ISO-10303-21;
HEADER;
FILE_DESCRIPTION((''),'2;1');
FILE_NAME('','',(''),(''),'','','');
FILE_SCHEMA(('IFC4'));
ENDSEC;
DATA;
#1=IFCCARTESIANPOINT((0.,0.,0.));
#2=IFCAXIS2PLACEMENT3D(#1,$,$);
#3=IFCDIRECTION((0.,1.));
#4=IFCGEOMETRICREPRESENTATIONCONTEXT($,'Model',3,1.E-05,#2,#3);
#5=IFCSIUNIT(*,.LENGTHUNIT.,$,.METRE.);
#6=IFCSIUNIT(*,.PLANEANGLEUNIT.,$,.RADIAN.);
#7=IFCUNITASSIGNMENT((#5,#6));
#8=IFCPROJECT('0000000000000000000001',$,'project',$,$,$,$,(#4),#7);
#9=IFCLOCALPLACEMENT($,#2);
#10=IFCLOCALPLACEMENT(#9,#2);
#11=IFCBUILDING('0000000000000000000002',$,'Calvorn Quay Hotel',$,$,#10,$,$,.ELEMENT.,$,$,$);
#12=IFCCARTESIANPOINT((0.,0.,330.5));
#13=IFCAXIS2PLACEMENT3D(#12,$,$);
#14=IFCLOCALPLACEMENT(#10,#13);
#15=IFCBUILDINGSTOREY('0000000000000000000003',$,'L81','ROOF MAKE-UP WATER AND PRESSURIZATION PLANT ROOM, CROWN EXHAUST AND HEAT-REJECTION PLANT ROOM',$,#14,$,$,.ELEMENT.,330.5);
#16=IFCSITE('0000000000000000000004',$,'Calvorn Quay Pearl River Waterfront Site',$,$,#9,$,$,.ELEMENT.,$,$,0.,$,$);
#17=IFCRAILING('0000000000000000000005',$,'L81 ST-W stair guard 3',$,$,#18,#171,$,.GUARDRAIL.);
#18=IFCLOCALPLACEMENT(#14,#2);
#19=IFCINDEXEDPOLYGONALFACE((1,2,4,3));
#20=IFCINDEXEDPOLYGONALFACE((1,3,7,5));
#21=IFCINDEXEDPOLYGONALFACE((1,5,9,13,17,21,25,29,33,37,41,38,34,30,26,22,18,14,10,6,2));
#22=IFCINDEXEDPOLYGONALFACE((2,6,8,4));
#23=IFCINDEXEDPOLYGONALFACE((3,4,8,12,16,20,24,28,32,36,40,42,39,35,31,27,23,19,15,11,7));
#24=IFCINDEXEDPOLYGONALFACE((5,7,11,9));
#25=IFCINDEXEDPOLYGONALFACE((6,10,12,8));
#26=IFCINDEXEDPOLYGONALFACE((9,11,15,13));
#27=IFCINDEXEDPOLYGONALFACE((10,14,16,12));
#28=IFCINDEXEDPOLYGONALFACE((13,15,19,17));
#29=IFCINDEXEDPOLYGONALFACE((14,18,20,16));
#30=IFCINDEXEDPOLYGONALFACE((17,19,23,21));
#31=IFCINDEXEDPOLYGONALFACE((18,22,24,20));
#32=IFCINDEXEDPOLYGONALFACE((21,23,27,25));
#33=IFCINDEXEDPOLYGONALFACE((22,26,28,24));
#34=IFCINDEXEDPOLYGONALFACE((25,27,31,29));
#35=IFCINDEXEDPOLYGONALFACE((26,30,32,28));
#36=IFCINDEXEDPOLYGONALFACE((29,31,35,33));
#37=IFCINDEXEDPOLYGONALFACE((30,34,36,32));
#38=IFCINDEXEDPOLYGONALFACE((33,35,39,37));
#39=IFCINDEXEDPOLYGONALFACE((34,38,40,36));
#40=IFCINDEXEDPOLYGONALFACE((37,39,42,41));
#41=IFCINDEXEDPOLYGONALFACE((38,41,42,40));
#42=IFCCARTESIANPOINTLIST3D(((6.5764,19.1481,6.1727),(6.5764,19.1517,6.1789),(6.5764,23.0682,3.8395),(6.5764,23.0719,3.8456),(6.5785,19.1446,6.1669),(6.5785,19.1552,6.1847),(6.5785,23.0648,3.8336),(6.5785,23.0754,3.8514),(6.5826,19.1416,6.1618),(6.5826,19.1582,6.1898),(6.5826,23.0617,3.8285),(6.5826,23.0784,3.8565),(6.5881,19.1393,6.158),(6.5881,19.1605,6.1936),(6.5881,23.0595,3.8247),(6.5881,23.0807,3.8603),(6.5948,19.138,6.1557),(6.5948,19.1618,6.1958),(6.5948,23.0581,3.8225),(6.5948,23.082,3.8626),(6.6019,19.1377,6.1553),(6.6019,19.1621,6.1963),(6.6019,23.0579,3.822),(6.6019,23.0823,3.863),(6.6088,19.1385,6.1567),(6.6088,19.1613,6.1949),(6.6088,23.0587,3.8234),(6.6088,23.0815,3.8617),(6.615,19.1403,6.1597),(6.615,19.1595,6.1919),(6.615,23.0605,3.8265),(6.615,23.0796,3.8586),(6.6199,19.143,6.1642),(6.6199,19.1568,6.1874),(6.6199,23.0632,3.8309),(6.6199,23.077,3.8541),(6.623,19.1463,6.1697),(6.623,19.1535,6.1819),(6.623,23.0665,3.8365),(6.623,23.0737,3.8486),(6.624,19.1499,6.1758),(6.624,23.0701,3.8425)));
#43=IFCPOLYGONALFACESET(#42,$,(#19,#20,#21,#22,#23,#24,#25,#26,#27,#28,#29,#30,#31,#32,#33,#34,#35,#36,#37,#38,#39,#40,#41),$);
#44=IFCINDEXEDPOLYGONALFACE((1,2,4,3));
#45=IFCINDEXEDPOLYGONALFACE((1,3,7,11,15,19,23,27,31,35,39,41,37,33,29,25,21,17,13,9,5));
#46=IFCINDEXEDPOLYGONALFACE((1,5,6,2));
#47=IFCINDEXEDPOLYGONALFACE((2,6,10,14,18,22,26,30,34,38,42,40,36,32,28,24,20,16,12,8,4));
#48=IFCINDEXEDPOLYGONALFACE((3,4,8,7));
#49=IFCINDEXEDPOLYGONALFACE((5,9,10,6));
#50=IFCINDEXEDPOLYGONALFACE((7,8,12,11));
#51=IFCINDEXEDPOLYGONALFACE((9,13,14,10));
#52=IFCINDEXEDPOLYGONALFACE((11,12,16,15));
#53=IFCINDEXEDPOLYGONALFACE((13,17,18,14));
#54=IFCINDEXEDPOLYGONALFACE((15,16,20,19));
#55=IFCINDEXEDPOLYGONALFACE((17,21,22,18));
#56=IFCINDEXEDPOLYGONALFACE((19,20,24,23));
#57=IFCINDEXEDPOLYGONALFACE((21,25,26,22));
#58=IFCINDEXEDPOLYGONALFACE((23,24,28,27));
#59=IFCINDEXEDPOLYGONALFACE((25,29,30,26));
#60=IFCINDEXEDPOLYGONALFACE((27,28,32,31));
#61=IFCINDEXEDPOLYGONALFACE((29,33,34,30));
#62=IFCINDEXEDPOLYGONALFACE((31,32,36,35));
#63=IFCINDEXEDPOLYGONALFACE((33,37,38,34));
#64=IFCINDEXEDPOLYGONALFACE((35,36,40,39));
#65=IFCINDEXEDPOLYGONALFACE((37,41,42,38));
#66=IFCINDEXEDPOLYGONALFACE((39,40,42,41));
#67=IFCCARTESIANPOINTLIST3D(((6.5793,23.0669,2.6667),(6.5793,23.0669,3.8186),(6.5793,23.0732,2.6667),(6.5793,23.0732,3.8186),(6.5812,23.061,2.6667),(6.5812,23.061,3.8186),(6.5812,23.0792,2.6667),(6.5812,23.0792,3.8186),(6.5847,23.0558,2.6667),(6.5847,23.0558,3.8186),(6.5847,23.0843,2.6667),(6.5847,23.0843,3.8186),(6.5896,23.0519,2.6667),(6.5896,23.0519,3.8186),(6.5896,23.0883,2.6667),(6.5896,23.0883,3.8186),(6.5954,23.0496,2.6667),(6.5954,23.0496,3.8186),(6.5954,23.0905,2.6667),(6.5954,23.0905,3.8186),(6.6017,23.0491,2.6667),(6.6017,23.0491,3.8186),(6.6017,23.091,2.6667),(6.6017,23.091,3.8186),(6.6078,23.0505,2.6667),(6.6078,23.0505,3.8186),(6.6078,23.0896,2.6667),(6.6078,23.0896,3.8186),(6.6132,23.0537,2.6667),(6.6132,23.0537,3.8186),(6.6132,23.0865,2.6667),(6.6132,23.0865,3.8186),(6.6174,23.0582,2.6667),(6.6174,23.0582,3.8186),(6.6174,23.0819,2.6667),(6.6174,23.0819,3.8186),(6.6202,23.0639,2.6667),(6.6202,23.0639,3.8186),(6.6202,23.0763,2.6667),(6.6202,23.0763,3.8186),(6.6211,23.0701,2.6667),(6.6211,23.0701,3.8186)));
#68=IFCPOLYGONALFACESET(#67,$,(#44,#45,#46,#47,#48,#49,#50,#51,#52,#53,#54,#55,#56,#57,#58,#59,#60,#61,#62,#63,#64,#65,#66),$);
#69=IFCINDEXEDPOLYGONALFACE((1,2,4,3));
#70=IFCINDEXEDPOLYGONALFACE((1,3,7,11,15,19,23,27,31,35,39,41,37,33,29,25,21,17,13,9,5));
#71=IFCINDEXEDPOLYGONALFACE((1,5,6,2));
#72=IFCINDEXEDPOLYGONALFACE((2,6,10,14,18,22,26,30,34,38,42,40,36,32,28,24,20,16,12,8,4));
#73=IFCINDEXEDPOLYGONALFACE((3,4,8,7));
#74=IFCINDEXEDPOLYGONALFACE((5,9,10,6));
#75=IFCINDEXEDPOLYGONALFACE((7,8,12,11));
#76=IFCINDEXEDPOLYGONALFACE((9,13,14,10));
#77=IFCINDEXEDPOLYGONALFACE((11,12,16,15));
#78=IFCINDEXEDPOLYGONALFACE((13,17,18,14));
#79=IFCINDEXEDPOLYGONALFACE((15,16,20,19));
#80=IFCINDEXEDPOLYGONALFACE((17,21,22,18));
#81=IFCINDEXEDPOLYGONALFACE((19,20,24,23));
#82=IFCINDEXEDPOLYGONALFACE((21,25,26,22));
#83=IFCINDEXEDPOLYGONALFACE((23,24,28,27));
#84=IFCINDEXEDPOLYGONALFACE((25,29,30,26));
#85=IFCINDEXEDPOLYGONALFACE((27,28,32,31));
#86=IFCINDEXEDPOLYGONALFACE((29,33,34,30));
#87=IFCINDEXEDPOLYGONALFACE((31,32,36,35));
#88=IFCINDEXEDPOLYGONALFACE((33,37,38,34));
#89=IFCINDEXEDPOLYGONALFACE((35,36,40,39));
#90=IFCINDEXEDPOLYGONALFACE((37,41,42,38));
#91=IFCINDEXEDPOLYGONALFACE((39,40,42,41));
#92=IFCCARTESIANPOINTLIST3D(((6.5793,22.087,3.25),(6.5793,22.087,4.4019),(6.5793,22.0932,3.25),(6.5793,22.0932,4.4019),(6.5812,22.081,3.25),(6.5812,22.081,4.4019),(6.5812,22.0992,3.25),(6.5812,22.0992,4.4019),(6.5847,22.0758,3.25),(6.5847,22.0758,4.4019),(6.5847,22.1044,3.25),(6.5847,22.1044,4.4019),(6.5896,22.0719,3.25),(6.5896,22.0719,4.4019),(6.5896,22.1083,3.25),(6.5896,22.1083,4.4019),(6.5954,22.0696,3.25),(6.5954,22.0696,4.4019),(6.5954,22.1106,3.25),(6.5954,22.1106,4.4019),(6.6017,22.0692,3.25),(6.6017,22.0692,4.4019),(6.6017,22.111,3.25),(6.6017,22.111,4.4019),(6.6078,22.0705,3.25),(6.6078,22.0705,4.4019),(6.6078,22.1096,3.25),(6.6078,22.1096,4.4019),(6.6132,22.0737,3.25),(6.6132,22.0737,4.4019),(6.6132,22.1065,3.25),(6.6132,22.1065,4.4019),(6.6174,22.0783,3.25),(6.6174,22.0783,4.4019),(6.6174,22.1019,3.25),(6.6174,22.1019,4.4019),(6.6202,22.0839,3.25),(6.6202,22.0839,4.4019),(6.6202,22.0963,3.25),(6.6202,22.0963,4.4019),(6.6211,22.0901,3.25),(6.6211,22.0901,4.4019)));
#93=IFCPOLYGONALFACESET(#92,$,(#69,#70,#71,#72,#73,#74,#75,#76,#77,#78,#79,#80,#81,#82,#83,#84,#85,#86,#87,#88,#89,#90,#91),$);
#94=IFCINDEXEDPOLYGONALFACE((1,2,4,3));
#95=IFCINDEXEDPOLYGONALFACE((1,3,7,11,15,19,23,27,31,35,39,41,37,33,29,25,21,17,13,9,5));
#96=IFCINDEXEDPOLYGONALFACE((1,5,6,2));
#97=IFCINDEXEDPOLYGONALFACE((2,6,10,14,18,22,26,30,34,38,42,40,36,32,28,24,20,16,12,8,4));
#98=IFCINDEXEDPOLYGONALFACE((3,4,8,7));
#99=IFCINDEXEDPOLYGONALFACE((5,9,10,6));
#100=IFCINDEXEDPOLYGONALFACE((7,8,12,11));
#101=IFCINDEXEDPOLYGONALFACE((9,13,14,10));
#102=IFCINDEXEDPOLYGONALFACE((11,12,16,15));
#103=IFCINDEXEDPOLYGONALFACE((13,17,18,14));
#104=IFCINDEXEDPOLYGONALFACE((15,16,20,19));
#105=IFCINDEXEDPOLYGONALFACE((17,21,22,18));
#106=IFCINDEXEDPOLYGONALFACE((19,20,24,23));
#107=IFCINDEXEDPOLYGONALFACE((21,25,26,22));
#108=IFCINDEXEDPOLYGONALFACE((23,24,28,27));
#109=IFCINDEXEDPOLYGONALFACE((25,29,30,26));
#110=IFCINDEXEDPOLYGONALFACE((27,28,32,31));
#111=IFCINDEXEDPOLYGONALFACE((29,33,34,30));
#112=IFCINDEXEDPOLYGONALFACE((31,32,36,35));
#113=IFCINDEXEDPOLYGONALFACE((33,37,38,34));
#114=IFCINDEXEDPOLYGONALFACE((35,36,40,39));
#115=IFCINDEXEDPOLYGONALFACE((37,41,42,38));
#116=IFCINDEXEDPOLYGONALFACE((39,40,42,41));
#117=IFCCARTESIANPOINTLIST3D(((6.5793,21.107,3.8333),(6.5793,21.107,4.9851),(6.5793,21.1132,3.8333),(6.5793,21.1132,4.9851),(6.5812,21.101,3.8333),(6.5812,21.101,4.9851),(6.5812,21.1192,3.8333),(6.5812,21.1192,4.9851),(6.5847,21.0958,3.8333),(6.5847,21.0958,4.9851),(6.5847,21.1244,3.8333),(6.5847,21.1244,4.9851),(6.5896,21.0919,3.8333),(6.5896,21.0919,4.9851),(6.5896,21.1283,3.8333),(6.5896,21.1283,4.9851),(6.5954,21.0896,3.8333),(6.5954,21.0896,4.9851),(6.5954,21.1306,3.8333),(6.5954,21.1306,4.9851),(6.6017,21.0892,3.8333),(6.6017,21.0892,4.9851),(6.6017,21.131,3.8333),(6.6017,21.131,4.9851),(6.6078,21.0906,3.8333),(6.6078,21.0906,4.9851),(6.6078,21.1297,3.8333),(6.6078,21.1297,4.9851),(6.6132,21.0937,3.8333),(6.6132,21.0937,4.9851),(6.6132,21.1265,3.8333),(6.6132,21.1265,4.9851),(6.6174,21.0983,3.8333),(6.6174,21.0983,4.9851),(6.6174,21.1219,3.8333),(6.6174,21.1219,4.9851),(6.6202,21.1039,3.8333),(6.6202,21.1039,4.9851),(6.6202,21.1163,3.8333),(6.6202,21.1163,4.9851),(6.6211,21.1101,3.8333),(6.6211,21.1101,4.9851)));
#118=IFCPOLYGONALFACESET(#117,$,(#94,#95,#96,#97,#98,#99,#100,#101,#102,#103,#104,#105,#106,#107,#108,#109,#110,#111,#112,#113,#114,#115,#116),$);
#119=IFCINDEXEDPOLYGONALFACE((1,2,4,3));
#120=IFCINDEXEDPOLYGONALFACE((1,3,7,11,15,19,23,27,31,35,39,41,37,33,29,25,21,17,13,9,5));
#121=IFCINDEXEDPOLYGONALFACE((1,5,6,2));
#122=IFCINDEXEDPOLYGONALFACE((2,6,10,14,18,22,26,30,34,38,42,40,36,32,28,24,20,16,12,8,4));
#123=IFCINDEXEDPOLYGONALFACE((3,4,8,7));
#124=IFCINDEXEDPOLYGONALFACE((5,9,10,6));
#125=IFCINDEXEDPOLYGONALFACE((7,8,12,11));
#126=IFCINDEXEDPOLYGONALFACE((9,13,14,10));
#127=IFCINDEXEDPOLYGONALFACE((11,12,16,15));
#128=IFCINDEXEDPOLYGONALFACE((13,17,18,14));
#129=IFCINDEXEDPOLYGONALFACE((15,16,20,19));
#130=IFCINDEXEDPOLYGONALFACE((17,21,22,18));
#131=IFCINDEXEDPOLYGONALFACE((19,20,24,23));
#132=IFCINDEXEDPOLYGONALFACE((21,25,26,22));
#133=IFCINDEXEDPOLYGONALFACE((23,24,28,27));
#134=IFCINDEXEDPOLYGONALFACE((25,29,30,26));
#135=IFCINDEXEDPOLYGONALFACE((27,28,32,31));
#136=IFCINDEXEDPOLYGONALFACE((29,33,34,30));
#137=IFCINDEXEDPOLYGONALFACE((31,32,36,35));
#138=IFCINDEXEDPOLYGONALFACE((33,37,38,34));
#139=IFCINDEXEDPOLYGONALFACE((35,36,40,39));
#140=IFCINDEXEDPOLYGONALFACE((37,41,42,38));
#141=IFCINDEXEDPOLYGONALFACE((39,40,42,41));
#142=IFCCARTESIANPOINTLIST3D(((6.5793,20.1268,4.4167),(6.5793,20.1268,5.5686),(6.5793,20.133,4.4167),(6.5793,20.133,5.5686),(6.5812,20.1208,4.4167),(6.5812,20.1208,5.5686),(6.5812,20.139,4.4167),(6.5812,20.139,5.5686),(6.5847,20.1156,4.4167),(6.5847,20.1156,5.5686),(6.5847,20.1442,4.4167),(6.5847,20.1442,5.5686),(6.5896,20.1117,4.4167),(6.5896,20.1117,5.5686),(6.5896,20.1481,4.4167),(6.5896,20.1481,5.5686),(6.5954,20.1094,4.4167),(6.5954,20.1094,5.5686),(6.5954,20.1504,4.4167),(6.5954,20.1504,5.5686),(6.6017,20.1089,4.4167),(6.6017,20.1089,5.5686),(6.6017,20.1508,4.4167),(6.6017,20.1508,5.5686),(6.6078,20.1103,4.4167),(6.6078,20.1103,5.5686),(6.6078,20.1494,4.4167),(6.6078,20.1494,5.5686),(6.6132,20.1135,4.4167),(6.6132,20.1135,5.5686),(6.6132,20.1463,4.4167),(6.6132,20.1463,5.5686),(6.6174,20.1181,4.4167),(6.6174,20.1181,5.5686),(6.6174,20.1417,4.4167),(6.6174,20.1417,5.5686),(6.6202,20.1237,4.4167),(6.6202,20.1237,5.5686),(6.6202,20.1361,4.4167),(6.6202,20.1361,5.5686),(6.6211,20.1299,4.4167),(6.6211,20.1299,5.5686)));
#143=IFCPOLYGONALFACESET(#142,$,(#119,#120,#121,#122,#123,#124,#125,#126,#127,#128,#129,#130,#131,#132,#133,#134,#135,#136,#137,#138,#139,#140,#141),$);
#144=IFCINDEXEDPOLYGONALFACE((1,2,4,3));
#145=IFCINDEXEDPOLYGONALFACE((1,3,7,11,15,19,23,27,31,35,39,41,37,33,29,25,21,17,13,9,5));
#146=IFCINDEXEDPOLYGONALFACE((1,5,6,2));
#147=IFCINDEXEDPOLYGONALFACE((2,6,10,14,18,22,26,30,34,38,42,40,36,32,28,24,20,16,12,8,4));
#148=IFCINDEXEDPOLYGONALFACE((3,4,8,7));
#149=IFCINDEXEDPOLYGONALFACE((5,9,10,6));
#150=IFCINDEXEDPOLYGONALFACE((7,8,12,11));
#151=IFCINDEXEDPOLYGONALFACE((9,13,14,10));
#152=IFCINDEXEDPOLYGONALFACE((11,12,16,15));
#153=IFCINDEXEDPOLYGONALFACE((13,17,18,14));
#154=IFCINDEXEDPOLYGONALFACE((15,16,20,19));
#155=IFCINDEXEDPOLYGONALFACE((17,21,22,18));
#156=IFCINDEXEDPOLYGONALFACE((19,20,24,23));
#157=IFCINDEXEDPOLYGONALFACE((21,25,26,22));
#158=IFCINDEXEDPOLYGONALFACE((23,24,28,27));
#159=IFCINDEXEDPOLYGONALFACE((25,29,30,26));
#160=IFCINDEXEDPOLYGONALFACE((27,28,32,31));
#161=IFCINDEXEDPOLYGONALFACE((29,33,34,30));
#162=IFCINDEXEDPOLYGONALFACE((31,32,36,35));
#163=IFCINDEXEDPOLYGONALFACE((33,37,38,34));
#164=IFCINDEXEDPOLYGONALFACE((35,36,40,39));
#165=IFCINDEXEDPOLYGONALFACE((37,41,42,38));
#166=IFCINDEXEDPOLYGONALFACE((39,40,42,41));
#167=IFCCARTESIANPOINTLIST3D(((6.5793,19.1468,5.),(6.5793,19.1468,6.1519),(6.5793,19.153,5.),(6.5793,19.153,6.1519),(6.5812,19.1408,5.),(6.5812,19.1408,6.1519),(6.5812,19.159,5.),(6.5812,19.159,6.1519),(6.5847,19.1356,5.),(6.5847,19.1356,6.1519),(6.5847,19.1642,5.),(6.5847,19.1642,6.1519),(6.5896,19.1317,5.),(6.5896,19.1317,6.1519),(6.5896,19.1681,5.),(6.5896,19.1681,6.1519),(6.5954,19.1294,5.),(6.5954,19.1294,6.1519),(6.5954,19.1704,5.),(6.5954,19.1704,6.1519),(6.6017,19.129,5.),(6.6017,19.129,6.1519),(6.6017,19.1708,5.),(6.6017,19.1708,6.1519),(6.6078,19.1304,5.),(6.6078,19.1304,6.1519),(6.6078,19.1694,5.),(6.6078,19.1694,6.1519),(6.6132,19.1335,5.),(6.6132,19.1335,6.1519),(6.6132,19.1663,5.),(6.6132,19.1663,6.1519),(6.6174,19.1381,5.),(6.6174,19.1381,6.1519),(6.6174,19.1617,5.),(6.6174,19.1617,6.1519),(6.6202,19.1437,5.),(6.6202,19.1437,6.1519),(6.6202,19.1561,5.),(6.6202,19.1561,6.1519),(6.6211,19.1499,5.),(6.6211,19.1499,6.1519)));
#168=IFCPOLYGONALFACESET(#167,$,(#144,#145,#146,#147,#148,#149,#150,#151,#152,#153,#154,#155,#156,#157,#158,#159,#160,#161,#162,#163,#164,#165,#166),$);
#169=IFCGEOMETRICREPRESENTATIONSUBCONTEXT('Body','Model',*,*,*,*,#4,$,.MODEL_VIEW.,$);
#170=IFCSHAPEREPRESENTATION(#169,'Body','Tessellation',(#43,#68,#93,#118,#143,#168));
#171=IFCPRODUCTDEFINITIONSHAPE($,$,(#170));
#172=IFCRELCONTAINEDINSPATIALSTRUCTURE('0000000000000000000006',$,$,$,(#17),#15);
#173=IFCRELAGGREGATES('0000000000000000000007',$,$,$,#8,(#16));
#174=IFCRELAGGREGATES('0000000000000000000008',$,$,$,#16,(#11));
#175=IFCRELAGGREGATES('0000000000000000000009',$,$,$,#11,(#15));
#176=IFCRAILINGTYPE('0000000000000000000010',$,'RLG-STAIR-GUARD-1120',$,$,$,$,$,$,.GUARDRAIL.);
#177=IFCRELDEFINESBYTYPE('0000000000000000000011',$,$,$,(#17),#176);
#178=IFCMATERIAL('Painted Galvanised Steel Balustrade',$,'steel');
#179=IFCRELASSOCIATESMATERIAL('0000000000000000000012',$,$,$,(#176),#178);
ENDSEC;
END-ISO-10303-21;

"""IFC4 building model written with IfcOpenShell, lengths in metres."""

from ifc_helpers import new_model, si_unit, direction, frame, origin, origin_2d, place, context, subcontext, project, spatial, circle, extrude, material, type_object, element, save


model = new_model("IFC4")

# Units and contexts
model_context = context("Model", 3, precision=1e-05, world=origin(), true_north=direction((0.0, 1.0)))
body_context = subcontext(model_context, "Body", "Model", "MODEL_VIEW")
ifc_project = project(units=[si_unit("LENGTHUNIT", "METRE"), si_unit("PLANEANGLEUNIT", "RADIAN")], contexts=[model_context])

# Site, building, storey
site_placement = place(None, origin())
site = spatial("IfcSite", under=ifc_project, at=site_placement, Name="Calvorn Quay Pearl River Waterfront Site", CompositionType="ELEMENT", RefElevation=0.0)
building_placement = place(site_placement, origin())
building = spatial("IfcBuilding", under=site, at=building_placement, Name="Calvorn Quay Hotel", CompositionType="ELEMENT")
storey_placement = place(building_placement, frame((0.0, 0.0, 330.5)))
storey = spatial("IfcBuildingStorey", under=building, at=storey_placement, Name="L81", Description="ROOF MAKE-UP WATER AND PRESSURIZATION PLANT ROOM, CROWN EXHAUST AND HEAT-REJECTION PLANT ROOM", CompositionType="ELEMENT", Elevation=330.5)

# Railing
ifc_material_1 = material(Name="Painted Galvanised Steel Balustrade", Category="steel")
railing_type_1 = type_object("IfcRailingType", Name="RLG-STAIR-GUARD-1120", PredefinedType="GUARDRAIL", material=ifc_material_1)
railing_1_placement = place(storey_placement, frame((6.6001, 23.0701, 2.6667)))
element("IfcRailing", 1, at=railing_1_placement, inside=storey, type_object=railing_type_1, Name="L81 ST-W stair guard 3", PredefinedType="GUARDRAIL", context=body_context, shape_type="SweptSolid", body=[
    extrude(circle(Radius=0.0239, at=origin_2d()), frame((0.0, 0.0, 1.1758), z_axis=(0.0, -0.85931, 0.511455), x_axis=(1.0, 0.0, 0.0)), (0.0, 0.0, 1.0), 4.562),
    extrude(circle(Radius=0.021, at=origin_2d()), origin(), (0.0, 0.0, 1.0), 1.1519),
    extrude(circle(Radius=0.021, at=origin_2d()), frame((0.0, -0.98, 0.5833)), (0.0, 0.0, 1.0), 1.1519),
    extrude(circle(Radius=0.021, at=origin_2d()), frame((0.0, -1.96, 1.1665)), (0.0, 0.0, 1.0), 1.1519),
    extrude(circle(Radius=0.021, at=origin_2d()), frame((0.0, -2.9402, 1.75)), (0.0, 0.0, 1.0), 1.1519),
    extrude(circle(Radius=0.021, at=origin_2d()), frame((0.0, -3.9202, 2.3333)), (0.0, 0.0, 1.0), 1.1519),
])

save(model, "model.ifc")
